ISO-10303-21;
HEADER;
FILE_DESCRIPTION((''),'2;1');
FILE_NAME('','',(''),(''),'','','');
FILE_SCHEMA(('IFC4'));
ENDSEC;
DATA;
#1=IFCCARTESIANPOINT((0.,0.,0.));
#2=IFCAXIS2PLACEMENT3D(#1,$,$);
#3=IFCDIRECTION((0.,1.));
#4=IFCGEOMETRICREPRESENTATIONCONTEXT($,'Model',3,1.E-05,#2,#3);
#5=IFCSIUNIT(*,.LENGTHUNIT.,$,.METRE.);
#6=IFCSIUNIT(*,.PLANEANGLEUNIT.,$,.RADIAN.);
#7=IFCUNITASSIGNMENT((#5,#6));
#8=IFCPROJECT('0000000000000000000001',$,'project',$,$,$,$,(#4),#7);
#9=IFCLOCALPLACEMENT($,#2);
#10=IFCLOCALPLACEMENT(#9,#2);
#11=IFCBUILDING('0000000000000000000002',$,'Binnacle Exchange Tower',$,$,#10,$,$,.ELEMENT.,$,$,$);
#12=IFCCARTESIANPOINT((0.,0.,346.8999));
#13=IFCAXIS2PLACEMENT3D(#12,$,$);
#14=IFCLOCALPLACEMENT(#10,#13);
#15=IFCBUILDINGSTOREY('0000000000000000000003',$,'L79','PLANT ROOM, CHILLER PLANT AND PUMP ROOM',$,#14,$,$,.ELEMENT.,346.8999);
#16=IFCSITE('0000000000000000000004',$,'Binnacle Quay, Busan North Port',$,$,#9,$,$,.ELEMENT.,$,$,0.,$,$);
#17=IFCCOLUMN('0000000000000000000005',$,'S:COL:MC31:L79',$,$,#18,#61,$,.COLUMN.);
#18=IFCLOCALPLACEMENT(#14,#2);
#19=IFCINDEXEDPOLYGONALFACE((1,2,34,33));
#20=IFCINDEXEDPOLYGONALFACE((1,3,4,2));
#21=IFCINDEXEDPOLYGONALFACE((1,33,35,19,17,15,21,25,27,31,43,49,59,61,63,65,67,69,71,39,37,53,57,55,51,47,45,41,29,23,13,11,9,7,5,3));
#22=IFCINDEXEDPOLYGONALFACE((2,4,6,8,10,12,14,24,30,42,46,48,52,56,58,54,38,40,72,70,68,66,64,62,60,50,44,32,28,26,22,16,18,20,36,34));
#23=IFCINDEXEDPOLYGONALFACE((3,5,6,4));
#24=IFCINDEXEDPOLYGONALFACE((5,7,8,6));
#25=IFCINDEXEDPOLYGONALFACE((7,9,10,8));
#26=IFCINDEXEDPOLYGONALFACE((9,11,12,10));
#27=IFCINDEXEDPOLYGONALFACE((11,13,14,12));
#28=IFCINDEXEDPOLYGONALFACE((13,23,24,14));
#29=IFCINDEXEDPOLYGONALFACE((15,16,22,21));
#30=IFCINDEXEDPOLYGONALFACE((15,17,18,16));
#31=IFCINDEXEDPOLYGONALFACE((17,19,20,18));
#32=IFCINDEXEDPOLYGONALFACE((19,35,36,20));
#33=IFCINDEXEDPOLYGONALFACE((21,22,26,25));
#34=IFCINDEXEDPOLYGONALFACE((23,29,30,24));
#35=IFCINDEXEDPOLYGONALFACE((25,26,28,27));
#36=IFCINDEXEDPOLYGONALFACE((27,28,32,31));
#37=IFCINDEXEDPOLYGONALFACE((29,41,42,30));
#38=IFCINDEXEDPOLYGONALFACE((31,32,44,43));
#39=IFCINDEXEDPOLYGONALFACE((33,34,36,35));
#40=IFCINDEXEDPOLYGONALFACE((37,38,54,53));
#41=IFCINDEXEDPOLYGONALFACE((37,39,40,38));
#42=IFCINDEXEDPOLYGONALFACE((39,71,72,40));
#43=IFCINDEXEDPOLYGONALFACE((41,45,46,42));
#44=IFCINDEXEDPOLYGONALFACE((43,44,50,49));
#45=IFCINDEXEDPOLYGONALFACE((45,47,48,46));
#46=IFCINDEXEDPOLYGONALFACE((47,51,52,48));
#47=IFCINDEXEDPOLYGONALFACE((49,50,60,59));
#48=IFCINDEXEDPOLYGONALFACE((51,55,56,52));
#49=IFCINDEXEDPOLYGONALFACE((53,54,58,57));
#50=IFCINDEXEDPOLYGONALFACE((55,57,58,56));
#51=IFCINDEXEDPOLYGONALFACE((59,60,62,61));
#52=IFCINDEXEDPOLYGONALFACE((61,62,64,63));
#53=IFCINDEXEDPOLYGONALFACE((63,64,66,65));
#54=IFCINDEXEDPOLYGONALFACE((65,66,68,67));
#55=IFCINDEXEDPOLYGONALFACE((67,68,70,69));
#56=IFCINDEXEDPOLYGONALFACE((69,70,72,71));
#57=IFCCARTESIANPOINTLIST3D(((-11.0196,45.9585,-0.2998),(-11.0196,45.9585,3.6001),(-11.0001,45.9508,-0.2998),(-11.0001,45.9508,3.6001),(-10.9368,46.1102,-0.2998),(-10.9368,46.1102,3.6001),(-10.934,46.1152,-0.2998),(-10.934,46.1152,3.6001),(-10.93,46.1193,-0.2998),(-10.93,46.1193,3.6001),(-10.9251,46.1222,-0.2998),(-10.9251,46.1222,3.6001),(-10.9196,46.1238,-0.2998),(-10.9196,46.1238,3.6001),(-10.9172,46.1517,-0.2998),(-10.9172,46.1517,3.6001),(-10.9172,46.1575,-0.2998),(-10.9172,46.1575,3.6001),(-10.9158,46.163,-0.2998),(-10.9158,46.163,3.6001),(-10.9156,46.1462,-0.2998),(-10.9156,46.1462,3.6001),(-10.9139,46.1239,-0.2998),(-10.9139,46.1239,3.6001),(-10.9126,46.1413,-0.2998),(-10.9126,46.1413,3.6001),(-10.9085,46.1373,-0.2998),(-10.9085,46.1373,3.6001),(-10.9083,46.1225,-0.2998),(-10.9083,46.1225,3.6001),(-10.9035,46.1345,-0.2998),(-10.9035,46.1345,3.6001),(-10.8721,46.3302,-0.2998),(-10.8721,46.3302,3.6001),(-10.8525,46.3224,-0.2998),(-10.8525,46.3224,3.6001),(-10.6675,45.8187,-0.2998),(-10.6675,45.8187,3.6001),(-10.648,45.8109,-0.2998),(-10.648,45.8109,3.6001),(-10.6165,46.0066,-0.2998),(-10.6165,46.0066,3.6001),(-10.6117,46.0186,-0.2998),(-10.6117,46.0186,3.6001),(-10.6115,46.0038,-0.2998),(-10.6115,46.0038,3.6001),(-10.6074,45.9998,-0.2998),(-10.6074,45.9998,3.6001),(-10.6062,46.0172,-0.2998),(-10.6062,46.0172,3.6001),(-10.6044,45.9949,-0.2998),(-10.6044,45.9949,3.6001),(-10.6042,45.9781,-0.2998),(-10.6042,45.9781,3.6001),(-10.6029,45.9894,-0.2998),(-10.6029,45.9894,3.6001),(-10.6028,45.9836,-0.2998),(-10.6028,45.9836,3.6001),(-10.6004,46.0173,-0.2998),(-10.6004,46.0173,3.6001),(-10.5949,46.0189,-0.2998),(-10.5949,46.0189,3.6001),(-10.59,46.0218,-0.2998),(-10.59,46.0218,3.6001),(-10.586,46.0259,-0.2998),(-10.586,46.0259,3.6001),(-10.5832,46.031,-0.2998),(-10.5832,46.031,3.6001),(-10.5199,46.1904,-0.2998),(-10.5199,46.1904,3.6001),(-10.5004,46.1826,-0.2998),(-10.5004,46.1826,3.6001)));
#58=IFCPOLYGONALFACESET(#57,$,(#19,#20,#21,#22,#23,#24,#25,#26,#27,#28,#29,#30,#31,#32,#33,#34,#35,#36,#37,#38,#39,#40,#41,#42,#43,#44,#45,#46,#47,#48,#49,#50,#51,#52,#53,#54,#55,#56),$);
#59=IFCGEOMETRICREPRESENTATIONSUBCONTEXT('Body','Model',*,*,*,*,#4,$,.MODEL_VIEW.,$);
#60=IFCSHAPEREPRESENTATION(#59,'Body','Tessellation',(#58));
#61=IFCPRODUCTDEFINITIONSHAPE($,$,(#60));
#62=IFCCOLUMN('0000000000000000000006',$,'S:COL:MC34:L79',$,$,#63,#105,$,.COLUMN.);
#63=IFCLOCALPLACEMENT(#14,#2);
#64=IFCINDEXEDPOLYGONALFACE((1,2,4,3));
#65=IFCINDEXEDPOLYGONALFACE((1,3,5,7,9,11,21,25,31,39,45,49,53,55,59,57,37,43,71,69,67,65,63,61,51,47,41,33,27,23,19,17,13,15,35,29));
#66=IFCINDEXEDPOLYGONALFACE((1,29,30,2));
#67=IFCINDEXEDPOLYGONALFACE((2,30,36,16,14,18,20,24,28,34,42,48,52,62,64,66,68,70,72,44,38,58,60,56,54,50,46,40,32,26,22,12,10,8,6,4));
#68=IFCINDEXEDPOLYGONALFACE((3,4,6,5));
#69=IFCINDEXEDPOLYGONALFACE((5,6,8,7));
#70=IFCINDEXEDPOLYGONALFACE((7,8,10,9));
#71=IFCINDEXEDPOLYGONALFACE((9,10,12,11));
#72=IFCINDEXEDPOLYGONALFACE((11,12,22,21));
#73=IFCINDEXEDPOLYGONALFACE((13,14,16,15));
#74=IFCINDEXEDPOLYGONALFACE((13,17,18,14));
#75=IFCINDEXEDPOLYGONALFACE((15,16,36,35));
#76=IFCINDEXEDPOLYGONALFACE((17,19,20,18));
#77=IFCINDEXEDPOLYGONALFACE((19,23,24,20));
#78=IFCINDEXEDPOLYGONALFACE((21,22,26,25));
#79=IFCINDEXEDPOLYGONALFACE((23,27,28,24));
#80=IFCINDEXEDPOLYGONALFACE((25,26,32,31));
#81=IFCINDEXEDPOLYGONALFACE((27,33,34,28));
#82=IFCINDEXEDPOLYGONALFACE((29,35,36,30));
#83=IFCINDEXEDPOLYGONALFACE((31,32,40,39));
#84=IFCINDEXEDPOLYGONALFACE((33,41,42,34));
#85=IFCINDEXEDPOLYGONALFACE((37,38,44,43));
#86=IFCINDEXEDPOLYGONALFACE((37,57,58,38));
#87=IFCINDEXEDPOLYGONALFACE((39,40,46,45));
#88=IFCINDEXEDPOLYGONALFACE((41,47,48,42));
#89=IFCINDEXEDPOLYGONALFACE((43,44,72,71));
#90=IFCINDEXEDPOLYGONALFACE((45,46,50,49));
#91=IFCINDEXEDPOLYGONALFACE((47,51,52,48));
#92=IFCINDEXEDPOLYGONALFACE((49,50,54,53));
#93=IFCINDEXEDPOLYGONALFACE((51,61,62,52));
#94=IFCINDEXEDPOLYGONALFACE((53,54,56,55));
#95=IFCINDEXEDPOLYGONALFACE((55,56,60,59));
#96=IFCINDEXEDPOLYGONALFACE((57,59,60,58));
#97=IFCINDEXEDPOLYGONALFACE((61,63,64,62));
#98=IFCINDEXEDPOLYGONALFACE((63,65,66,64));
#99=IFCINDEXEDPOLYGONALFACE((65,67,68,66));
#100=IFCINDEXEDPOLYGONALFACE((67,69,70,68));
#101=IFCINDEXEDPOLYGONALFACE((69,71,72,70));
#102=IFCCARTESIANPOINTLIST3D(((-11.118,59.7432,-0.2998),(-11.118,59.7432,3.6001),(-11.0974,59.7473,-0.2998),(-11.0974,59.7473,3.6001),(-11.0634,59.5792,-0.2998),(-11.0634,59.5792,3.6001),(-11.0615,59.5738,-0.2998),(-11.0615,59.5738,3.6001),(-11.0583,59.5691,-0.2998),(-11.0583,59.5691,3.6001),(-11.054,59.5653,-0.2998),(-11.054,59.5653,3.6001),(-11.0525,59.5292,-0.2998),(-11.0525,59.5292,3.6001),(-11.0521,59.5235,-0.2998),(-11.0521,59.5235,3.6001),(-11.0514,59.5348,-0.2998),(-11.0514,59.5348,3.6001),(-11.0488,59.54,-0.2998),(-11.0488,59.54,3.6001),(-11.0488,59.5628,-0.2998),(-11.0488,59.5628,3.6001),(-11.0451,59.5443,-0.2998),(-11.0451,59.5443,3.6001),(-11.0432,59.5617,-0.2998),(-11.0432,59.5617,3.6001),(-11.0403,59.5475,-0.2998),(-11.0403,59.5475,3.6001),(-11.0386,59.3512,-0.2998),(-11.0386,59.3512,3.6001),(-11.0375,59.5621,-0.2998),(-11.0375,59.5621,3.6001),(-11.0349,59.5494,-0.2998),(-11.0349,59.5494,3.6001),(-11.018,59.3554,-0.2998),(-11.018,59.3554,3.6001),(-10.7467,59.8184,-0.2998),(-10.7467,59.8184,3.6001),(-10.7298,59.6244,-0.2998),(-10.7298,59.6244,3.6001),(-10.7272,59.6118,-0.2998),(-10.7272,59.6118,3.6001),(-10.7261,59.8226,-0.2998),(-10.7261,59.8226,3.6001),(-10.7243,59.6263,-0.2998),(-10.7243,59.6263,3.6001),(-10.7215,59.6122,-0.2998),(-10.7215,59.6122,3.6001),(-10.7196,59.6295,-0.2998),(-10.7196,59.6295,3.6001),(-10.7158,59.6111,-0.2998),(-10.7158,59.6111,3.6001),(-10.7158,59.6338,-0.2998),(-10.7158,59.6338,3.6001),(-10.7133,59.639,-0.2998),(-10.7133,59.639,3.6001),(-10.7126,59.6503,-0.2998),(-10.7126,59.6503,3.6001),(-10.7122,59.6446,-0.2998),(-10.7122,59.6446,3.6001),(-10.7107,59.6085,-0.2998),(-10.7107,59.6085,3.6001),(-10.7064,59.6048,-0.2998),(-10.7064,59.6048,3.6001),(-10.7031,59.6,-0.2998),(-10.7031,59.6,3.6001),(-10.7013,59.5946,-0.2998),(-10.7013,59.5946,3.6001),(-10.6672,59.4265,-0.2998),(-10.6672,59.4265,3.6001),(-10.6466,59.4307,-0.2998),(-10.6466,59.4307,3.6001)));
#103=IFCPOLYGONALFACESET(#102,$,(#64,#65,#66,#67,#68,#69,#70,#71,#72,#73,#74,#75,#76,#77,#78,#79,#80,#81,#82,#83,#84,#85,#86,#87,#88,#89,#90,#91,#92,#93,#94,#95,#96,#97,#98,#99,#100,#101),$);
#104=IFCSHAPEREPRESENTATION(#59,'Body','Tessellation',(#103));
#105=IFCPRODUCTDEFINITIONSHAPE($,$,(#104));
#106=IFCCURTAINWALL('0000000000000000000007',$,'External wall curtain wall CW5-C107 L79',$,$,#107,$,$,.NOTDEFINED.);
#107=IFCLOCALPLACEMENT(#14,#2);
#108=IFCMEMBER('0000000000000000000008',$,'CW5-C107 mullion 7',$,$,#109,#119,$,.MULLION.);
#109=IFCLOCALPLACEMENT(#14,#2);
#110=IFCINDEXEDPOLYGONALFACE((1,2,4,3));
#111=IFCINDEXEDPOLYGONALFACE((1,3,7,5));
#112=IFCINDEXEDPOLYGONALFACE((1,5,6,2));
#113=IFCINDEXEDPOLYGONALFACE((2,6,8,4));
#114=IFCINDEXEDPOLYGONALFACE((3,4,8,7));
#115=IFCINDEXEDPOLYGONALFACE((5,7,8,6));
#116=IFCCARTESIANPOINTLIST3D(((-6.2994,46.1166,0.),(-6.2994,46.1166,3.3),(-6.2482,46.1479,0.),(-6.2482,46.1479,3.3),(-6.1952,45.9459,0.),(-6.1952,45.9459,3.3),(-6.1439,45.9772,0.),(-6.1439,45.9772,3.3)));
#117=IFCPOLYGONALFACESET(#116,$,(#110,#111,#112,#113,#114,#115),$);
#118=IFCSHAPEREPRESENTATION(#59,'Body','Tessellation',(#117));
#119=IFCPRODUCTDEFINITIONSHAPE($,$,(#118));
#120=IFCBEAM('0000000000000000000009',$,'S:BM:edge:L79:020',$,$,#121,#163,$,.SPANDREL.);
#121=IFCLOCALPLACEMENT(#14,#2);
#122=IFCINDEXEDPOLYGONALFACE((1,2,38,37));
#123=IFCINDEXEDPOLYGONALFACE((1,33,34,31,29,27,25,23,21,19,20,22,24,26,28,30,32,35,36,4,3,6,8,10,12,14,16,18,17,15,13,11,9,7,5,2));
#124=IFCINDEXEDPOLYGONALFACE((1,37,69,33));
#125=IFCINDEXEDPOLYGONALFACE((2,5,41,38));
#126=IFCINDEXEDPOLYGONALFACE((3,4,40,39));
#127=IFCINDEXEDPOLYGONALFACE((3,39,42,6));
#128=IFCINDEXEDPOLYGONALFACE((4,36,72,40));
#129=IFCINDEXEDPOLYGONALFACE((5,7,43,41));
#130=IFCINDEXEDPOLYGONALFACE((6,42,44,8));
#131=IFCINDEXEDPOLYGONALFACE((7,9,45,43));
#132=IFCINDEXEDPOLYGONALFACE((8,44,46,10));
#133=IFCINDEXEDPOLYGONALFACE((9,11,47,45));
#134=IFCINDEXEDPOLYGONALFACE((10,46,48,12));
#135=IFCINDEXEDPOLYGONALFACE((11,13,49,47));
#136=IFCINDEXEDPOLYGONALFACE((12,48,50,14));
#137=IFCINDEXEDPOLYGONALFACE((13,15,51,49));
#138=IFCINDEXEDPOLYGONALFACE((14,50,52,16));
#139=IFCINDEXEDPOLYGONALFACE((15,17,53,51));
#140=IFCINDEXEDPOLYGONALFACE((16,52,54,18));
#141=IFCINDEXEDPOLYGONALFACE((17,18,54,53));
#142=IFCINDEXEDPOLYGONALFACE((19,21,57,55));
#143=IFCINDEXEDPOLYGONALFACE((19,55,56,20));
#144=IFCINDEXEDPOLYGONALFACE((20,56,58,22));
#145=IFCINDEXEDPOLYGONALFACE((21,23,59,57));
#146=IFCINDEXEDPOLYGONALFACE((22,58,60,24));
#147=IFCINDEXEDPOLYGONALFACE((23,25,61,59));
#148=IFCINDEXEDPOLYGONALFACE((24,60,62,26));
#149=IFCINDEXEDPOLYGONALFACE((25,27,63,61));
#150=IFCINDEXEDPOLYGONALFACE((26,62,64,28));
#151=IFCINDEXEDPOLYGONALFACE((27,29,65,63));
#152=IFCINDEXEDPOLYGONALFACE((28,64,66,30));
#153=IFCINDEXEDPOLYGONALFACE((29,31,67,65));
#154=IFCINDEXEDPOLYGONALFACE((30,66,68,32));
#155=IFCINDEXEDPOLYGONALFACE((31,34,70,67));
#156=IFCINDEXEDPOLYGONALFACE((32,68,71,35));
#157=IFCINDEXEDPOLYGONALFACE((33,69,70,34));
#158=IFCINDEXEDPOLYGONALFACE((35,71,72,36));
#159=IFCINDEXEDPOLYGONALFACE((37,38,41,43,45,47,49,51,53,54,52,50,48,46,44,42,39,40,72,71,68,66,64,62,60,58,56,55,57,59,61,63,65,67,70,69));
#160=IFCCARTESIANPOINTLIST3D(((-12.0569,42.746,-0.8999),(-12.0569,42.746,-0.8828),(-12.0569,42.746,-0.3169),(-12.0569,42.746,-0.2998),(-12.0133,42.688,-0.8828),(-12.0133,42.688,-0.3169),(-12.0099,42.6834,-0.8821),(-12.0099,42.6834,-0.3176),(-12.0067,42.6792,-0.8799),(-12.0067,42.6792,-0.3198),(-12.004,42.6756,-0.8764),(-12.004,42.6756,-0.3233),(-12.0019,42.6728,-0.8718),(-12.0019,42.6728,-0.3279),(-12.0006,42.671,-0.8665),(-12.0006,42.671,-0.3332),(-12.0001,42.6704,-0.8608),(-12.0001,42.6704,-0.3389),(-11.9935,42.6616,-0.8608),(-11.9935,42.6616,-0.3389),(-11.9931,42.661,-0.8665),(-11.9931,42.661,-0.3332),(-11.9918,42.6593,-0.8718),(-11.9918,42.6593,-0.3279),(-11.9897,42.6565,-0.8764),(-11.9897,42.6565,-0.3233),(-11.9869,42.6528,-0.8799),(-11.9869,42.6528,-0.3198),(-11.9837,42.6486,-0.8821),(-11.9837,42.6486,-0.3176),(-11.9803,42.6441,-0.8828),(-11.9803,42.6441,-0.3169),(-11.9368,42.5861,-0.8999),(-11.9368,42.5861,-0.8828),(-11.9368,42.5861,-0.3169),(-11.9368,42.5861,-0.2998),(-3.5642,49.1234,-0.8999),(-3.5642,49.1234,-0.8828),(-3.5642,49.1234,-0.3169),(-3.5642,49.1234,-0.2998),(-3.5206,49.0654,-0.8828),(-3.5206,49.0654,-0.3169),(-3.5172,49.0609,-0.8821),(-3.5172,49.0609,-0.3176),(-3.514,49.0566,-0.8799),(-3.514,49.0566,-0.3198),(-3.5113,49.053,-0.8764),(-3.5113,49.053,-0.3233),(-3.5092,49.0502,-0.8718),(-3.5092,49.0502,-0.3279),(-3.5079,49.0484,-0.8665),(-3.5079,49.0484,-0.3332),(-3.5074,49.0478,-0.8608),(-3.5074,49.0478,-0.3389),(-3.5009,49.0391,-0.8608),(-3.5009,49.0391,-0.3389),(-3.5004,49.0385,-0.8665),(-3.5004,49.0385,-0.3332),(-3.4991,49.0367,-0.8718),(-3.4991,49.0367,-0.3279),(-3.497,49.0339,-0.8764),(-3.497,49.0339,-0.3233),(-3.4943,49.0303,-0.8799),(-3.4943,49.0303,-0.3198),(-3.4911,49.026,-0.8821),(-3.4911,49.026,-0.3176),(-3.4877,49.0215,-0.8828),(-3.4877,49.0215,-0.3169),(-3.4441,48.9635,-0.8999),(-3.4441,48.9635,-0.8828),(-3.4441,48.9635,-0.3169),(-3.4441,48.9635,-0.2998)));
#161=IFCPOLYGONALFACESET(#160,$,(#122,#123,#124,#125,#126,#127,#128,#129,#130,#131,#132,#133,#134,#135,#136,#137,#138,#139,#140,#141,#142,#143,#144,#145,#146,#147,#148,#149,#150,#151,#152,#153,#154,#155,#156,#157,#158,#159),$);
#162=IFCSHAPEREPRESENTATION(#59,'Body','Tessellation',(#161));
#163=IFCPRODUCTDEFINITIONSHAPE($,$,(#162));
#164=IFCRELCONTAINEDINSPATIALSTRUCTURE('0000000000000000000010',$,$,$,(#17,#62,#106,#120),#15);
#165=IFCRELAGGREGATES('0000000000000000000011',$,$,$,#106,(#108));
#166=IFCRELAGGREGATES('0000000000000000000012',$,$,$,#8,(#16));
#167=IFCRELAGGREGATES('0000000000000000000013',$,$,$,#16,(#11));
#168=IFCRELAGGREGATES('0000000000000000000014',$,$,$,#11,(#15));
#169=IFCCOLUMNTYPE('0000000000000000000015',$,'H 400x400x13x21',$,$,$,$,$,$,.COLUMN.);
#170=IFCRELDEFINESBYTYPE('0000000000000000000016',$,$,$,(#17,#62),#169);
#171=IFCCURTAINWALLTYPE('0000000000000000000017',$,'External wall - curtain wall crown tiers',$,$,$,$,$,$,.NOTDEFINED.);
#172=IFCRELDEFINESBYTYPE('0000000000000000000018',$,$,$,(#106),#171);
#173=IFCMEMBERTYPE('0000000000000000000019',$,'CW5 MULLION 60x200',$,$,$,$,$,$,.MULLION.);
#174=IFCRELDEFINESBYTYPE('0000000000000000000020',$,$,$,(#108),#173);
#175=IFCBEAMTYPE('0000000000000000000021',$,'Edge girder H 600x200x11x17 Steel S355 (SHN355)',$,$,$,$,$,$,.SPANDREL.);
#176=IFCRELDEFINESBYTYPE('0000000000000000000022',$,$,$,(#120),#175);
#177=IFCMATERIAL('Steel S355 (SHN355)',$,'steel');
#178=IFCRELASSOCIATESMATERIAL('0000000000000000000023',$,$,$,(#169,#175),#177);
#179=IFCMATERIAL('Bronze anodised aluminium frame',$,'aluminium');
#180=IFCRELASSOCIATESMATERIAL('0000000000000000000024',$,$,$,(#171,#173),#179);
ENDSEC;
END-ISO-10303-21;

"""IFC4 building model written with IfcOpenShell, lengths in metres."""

from ifc_helpers import new_model, si_unit, direction, frame, origin, origin_2d, place, context, subcontext, project, spatial, rectangle, i_section, extrude, material, material_profile, profile_set, type_object, element, aggregate, save


model = new_model("IFC4")

# Units and contexts
model_context = context("Model", 3, precision=1e-05, world=origin(), true_north=direction((0.0, 1.0)))
body_context = subcontext(model_context, "Body", "Model", "MODEL_VIEW")
ifc_project = project(units=[si_unit("LENGTHUNIT", "METRE"), si_unit("PLANEANGLEUNIT", "RADIAN")], contexts=[model_context])

# Site, building, storey
site_placement = place(None, origin())
site = spatial("IfcSite", under=ifc_project, at=site_placement, Name="Binnacle Quay, Busan North Port", CompositionType="ELEMENT", RefElevation=0.0)
building_placement = place(site_placement, origin())
building = spatial("IfcBuilding", under=site, at=building_placement, Name="Binnacle Exchange Tower", CompositionType="ELEMENT")
storey_placement = place(building_placement, frame((0.0, 0.0, 346.8999)))
storey = spatial("IfcBuildingStorey", under=building, at=storey_placement, Name="L79", Description="PLANT ROOM, CHILLER PLANT AND PUMP ROOM", CompositionType="ELEMENT", Elevation=346.8999)

# Columns
ifc_material_1 = material(Name="Steel S355 (SHN355)", Category="steel")
ifc_material_profile_1 = material_profile(ifc_material_1, i_section(OverallWidth=0.3999, OverallDepth=0.3999, WebThickness=0.0129, FlangeThickness=0.021, FilletRadius=0.022, at=origin_2d()), Name="H 400x400x13x21")
ifc_profile_set_1 = profile_set([ifc_material_profile_1], Name="Steel S355 (SHN355)")
column_type = type_object("IfcColumnType", Name="H 400x400x13x21", PredefinedType="COLUMN", material=ifc_profile_set_1)
for number, where, z_axis, x_axis, name in (
    (1, (-10.76, 46.0706, -0.2998), (0.0, 0.0, 1.0), (0.369033, 0.929416, 0.0), "S:COL:MC31:L79"),
    (2, (-10.8823, 59.5869, -0.2998), (0.0, 0.0, 1.0), (-0.198667, 0.980067, 0.0), "S:COL:MC34:L79"),
):
    element("IfcColumn", number, at=place(storey_placement, frame(where, z_axis=z_axis, x_axis=x_axis)), inside=storey, type_object=column_type, Name=name, PredefinedType="COLUMN", context=body_context, shape_type="SweptSolid", body=[
        extrude(i_section(OverallWidth=0.3999, OverallDepth=0.3999, WebThickness=0.0129, FlangeThickness=0.021, FilletRadius=0.022, at=origin_2d()), origin(), (0.0, 0.0, 1.0), 3.8999),
    ])

# Curtain wall, member
ifc_material_2 = material(Name="Bronze anodised aluminium frame", Category="aluminium")
curtain_wall_type = type_object("IfcCurtainWallType", Name="External wall - curtain wall crown tiers", PredefinedType="NOTDEFINED", material=ifc_material_2)
curtain_wall_1_placement = place(storey_placement, origin())
curtain_wall_1 = element("IfcCurtainWall", 3, at=curtain_wall_1_placement, inside=storey, type_object=curtain_wall_type, Name="External wall curtain wall CW5-C107 L79", PredefinedType="NOTDEFINED")
ifc_material_profile_2 = material_profile(ifc_material_2, rectangle(XDim=0.2, YDim=0.0601, at=origin_2d()), Name="AL 60x200")
ifc_profile_set_2 = profile_set([ifc_material_profile_2], Name="Bronze anodised aluminium frame")
member_type = type_object("IfcMemberType", Name="CW5 MULLION 60x200", PredefinedType="MULLION", material=ifc_profile_set_2)
member_placement = place(storey_placement, frame((-6.2217, 46.0469, 0.0), z_axis=(0.0, 0.0, 1.0), x_axis=(-0.521157, 0.853461, 0.0)))
member = element("IfcMember", 4, at=member_placement, type_object=member_type, Name="CW5-C107 mullion 7", PredefinedType="MULLION", context=body_context, shape_type="SweptSolid", body=[
    extrude(rectangle(XDim=0.2, YDim=0.0601, at=origin_2d()), origin(), (0.0, 0.0, 1.0), 3.3),
])

# Beam
ifc_material_profile_3 = material_profile(ifc_material_1, i_section(OverallWidth=0.2, OverallDepth=0.6001, WebThickness=0.011, FlangeThickness=0.0171, FilletRadius=0.022, at=origin_2d()), Name="H 600x200x11x17")
ifc_profile_set_3 = profile_set([ifc_material_profile_3], Name="Steel S355 (SHN355)")
beam_type_1 = type_object("IfcBeamType", Name="Edge girder H 600x200x11x17 Steel S355 (SHN355)", PredefinedType="SPANDREL", material=ifc_profile_set_3)
beam_1_placement = place(storey_placement, frame((-3.5042, 49.0435, -0.5999), z_axis=(-0.799641, -0.600478, 0.0), x_axis=(0.600478, -0.799641, 0.0)))
element("IfcBeam", 5, at=beam_1_placement, inside=storey, type_object=beam_type_1, Name="S:BM:edge:L79:020", PredefinedType="SPANDREL", context=body_context, shape_type="SweptSolid", body=[
    extrude(i_section(OverallWidth=0.2, OverallDepth=0.6001, WebThickness=0.011, FlangeThickness=0.0171, FilletRadius=0.022, at=origin_2d()), origin(), (0.0, 0.0, 1.0), 10.6206),
])

aggregate(curtain_wall_1, [member])

save(model, "model.ifc")
